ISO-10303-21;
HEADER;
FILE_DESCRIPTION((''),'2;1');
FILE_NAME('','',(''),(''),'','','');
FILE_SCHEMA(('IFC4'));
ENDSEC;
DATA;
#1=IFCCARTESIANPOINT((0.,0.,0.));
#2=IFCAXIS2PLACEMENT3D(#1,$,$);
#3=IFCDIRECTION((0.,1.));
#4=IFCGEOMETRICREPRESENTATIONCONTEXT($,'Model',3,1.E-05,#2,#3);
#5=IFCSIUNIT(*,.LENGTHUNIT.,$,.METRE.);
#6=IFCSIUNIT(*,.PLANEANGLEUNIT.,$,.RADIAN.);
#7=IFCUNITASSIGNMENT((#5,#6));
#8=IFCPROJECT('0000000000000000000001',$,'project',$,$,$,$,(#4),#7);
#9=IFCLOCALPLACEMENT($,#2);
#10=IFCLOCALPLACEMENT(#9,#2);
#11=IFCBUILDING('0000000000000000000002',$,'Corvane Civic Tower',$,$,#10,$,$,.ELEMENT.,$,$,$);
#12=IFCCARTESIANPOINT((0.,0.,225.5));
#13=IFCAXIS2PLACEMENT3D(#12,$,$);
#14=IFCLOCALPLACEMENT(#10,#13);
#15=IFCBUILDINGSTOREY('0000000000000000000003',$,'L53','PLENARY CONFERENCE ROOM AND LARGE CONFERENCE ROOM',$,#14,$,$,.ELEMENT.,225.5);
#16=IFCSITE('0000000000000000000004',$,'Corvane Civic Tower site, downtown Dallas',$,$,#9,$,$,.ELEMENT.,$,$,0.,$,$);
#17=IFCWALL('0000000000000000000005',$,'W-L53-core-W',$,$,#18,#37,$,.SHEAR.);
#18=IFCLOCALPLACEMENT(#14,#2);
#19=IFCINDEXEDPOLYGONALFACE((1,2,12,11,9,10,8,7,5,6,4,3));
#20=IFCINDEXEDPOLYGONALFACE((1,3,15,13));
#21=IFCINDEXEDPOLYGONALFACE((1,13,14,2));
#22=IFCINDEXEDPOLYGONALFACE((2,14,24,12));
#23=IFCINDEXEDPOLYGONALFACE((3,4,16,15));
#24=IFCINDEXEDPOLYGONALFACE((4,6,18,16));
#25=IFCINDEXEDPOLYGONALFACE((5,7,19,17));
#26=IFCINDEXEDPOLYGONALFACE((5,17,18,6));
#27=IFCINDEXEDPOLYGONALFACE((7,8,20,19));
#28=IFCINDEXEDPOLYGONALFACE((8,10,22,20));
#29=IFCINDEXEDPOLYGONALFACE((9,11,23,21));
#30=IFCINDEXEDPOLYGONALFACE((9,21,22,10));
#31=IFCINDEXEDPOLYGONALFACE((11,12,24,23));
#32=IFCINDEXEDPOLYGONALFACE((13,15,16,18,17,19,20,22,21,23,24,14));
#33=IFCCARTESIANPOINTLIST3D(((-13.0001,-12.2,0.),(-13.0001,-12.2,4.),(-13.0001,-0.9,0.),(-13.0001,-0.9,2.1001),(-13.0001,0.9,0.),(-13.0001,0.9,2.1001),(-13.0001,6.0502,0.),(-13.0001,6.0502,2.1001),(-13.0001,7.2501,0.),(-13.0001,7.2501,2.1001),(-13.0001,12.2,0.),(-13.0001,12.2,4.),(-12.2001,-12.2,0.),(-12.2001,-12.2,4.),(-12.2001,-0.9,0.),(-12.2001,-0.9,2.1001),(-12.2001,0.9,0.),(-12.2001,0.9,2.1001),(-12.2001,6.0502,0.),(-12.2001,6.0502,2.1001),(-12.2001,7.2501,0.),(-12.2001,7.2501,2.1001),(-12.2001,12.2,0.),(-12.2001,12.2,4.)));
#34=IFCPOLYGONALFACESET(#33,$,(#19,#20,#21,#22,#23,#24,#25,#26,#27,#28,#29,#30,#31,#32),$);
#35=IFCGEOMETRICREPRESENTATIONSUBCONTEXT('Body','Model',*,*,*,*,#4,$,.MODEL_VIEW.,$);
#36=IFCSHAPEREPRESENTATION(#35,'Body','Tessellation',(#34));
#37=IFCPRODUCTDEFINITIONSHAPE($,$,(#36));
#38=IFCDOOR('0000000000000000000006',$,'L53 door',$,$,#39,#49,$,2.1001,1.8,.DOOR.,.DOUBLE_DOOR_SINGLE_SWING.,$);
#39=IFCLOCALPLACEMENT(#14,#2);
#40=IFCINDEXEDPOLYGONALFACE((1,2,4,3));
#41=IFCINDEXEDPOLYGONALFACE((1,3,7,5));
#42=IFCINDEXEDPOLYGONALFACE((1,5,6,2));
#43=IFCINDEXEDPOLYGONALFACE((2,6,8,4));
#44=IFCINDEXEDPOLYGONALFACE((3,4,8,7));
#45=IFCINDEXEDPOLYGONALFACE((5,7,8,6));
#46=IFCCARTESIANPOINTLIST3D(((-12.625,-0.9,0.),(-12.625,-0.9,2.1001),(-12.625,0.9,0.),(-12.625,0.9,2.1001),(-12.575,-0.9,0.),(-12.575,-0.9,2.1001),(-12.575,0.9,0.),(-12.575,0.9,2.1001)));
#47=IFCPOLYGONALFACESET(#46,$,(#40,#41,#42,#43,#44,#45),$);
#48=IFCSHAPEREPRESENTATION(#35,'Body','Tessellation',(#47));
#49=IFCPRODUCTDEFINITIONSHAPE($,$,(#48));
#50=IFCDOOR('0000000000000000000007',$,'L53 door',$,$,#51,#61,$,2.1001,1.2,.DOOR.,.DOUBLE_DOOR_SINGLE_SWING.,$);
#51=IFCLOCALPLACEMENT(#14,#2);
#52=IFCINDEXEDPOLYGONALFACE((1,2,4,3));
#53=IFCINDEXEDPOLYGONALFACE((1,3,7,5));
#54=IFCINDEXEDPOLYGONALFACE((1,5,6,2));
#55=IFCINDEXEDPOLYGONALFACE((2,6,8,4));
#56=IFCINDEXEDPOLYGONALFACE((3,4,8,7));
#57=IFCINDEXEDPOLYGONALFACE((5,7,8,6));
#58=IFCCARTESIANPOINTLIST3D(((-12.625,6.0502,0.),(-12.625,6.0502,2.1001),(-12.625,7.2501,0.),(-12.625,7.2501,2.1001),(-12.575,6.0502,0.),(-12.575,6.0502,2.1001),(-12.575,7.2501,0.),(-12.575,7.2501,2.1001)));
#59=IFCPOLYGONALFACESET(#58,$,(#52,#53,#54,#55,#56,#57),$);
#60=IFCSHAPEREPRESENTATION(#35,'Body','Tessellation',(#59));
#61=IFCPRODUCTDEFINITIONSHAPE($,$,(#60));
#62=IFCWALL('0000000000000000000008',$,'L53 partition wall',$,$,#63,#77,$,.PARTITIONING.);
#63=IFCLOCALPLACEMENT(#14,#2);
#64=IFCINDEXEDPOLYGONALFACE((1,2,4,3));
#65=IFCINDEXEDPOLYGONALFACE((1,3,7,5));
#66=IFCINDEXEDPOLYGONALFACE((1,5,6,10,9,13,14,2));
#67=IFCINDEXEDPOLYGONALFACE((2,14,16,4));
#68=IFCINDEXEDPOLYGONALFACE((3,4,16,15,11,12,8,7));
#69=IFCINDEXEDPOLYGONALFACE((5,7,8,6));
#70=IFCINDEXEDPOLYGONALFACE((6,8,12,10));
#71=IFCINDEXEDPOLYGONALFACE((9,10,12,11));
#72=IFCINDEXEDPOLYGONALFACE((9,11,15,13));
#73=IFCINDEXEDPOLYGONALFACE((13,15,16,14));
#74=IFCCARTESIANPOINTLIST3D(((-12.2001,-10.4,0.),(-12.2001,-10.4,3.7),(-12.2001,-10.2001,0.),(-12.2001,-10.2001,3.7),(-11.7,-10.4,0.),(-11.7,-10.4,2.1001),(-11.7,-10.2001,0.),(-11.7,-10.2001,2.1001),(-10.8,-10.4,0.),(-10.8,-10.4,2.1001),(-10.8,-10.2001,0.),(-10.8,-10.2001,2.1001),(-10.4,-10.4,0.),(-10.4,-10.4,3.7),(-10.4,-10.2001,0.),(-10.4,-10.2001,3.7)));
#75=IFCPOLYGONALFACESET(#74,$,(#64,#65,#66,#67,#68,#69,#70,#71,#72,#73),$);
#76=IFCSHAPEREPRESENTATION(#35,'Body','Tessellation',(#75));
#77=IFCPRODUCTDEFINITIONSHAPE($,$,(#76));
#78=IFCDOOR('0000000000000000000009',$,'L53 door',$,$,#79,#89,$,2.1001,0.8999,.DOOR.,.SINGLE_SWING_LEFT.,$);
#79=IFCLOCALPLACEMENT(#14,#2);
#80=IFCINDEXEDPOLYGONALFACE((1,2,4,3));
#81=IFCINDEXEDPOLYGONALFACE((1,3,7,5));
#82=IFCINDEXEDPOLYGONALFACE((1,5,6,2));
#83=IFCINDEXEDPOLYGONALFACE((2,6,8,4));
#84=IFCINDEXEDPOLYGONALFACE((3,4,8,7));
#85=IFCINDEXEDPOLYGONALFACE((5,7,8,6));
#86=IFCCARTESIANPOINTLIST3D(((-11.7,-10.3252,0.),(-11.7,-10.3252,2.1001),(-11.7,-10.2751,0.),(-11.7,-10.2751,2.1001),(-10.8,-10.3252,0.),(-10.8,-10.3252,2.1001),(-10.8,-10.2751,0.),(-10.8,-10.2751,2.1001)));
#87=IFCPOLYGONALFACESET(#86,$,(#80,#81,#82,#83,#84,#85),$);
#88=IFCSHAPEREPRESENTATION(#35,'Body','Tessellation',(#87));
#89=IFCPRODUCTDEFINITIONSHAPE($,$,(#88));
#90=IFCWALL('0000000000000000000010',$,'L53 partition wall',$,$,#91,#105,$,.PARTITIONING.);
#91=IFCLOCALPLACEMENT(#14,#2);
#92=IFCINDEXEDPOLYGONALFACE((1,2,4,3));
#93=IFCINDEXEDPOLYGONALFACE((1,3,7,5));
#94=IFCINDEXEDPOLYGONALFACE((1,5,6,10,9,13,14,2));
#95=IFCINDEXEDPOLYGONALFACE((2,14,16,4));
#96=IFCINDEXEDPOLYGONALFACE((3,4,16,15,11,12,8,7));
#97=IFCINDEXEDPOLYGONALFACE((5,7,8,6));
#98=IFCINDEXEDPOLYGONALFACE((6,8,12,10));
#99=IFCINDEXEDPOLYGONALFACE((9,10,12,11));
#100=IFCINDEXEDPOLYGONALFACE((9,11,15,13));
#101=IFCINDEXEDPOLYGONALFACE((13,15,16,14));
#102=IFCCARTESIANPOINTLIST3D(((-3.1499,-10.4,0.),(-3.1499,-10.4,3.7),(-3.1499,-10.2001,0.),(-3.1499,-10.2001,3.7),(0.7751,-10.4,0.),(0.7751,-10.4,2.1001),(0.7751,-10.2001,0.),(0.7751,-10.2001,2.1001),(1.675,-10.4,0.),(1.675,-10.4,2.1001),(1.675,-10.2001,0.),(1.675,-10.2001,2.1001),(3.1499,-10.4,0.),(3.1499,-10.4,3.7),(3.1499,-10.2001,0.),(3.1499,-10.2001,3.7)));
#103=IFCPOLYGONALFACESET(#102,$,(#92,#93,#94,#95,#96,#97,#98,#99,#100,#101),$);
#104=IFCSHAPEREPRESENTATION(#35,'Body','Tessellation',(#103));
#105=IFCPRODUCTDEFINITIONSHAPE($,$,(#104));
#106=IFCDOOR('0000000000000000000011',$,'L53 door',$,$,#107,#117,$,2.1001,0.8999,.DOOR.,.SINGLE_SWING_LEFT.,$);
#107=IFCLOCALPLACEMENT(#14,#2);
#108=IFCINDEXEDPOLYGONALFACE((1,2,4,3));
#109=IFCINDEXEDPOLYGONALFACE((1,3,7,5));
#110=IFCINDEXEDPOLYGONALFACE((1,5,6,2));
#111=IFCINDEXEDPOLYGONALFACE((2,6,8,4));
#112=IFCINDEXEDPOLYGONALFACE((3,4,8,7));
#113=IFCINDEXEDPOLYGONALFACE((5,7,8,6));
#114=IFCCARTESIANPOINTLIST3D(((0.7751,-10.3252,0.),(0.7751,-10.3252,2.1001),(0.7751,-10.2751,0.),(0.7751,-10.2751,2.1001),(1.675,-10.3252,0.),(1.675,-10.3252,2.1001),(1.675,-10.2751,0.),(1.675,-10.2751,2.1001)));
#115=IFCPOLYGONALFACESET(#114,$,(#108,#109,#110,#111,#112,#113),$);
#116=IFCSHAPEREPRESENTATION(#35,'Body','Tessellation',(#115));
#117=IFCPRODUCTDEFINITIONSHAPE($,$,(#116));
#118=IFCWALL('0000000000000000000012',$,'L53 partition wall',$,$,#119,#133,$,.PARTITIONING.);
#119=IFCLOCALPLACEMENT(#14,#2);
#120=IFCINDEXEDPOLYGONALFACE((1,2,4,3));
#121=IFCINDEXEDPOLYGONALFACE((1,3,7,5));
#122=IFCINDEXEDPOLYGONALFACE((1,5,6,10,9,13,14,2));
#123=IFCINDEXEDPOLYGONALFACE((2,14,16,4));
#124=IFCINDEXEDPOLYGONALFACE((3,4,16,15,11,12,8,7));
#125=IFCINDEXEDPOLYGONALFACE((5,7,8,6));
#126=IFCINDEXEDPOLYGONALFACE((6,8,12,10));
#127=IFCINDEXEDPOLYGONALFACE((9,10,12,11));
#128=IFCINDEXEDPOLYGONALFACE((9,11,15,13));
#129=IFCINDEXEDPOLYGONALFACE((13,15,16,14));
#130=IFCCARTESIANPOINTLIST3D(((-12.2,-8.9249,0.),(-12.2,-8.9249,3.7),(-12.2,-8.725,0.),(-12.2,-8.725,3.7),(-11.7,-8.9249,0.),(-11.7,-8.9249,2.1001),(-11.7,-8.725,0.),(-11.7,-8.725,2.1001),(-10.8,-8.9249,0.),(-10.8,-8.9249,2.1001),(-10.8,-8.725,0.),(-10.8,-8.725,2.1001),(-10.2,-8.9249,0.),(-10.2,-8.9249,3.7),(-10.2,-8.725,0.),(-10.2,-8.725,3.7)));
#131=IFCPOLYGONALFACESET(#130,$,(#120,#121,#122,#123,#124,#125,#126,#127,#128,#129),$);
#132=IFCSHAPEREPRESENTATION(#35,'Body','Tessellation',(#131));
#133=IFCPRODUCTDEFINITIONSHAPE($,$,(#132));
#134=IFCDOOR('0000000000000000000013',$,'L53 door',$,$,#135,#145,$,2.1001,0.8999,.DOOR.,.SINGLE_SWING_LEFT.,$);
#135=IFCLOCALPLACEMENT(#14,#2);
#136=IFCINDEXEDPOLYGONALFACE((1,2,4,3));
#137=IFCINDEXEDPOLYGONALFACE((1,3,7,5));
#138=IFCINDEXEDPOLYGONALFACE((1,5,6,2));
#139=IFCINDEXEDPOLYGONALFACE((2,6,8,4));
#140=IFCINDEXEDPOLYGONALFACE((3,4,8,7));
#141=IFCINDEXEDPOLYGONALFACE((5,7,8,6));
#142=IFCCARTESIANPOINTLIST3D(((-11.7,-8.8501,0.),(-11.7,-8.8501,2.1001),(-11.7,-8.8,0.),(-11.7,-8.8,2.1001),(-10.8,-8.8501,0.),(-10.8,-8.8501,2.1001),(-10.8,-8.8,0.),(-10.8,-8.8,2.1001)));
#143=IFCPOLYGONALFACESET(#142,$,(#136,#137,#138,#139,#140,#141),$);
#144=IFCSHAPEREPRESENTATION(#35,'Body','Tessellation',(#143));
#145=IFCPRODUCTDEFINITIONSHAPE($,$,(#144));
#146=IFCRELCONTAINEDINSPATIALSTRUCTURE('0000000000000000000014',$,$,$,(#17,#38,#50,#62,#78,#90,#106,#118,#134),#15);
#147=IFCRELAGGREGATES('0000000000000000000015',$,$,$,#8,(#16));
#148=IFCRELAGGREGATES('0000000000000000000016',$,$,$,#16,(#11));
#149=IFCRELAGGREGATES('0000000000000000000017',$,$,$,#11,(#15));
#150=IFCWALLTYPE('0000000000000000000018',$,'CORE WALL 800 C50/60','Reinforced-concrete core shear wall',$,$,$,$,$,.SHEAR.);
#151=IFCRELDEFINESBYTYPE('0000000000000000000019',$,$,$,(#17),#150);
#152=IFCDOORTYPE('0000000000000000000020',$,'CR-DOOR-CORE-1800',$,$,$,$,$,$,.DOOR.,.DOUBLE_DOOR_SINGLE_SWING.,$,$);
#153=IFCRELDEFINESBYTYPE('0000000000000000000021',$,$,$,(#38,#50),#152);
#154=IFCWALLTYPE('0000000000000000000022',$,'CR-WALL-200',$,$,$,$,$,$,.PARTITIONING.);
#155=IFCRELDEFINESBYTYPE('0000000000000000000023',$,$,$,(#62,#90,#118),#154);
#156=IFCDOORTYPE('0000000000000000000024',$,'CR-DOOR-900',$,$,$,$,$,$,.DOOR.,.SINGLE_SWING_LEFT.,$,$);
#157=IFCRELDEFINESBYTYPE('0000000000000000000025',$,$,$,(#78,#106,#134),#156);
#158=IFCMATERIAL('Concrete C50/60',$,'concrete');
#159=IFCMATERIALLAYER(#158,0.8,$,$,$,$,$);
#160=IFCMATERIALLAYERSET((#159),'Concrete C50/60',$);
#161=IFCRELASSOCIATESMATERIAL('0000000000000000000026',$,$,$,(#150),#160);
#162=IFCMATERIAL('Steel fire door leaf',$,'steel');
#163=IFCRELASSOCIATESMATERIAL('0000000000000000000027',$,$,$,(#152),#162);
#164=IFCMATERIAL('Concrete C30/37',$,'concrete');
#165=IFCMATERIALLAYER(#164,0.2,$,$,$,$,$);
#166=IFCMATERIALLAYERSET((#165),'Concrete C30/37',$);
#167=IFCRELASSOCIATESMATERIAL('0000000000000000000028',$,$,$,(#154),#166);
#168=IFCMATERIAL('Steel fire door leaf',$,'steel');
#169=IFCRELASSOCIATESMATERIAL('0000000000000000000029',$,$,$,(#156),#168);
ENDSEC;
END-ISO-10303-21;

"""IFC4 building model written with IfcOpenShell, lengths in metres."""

from ifc_helpers import new_model, si_unit, direction, frame, frame_2d, origin, place, context, subcontext, project, spatial, rectangle, extrude, material, layer, layer_set, type_object, element, fill, save


model = new_model("IFC4")

# Units and contexts
model_context = context("Model", 3, precision=1e-05, world=origin(), true_north=direction((0.0, 1.0)))
body_context = subcontext(model_context, "Body", "Model", "MODEL_VIEW")
ifc_project = project(units=[si_unit("LENGTHUNIT", "METRE"), si_unit("PLANEANGLEUNIT", "RADIAN")], contexts=[model_context])

# Site, building, storey
site_placement = place(None, origin())
site = spatial("IfcSite", under=ifc_project, at=site_placement, Name="Corvane Civic Tower site, downtown Dallas", CompositionType="ELEMENT", RefElevation=0.0)
building_placement = place(site_placement, origin())
building = spatial("IfcBuilding", under=site, at=building_placement, Name="Corvane Civic Tower", CompositionType="ELEMENT")
storey_placement = place(building_placement, frame((0.0, 0.0, 225.5)))
storey = spatial("IfcBuildingStorey", under=building, at=storey_placement, Name="L53", Description="PLENARY CONFERENCE ROOM AND LARGE CONFERENCE ROOM", CompositionType="ELEMENT", Elevation=225.5)

# Wall, openings, doors
ifc_material_1 = material(Name="Concrete C50/60", Category="concrete")
ifc_layer_1 = layer(ifc_material_1, 0.8)
ifc_layer_set_1 = layer_set([ifc_layer_1], Name="Concrete C50/60")
wall_type_1 = type_object("IfcWallType", Name="CORE WALL 800 C50/60", Description="Reinforced-concrete core shear wall", PredefinedType="SHEAR", material=ifc_layer_set_1)
wall_1_placement = place(storey_placement, frame((-12.6001, -12.2, 0.0), z_axis=(0.0, 0.0, 1.0), x_axis=(0.0, 1.0, 0.0)))
wall_1 = element("IfcWall", 1, at=wall_1_placement, inside=storey, type_object=wall_type_1, Name="W-L53-core-W", PredefinedType="SHEAR", context=body_context, shape_type="SweptSolid", body=[
    extrude(rectangle(XDim=24.3999, YDim=0.8, at=frame_2d((12.2, 0.0))), origin(), (0.0, 0.0, 1.0), 4.0),
])
opening_1_placement = place(wall_1_placement, frame((11.3, 0.0, 0.0)))
opening_1 = element("IfcOpeningElement", 2, at=opening_1_placement, cuts=wall_1, PredefinedType="OPENING", context=body_context, shape_type="SweptSolid", body=[
    extrude(rectangle(XDim=1.8, YDim=2.1001, at=frame_2d((0.8999, 1.05))), frame((0.0, 0.4099, 0.0), z_axis=(0.0, -1.0, 0.0), x_axis=(1.0, 0.0, 0.0)), (0.0, 0.0, 1.0), 0.8201),
])
opening_2_placement = place(wall_1_placement, frame((18.25, 0.0, 0.0)))
opening_2 = element("IfcOpeningElement", 3, at=opening_2_placement, cuts=wall_1, PredefinedType="OPENING", context=body_context, shape_type="SweptSolid", body=[
    extrude(rectangle(XDim=1.2, YDim=2.1001, at=frame_2d((0.6001, 1.05))), frame((0.0, 0.4099, 0.0), z_axis=(0.0, -1.0, 0.0), x_axis=(1.0, 0.0, 0.0)), (0.0, 0.0, 1.0), 0.8201),
])
ifc_material_2 = material(Name="Steel fire door leaf", Category="steel")
door_type_1 = type_object("IfcDoorType", Name="CR-DOOR-CORE-1800", OperationType="DOUBLE_DOOR_SINGLE_SWING", PredefinedType="DOOR", material=ifc_material_2)
door_1_placement = place(opening_1_placement, origin())
door_1 = element("IfcDoor", 4, at=door_1_placement, inside=storey, type_object=door_type_1, Name="L53 door", OperationType="DOUBLE_DOOR_SINGLE_SWING", OverallHeight=2.1001, OverallWidth=1.8, PredefinedType="DOOR", context=body_context, shape_type="SweptSolid", body=[
    extrude(rectangle(XDim=1.8, YDim=2.1001, at=frame_2d((0.8999, 1.05))), frame((0.0, 0.0249, 0.0), z_axis=(0.0, -1.0, 0.0), x_axis=(1.0, 0.0, 0.0)), (0.0, 0.0, 1.0), 0.05),
])
fill(opening_1, door_1)
door_2_placement = place(opening_2_placement, origin())
door_2 = element("IfcDoor", 5, at=door_2_placement, inside=storey, type_object=door_type_1, Name="L53 door", OperationType="DOUBLE_DOOR_SINGLE_SWING", OverallHeight=2.1001, OverallWidth=1.2, PredefinedType="DOOR", context=body_context, shape_type="SweptSolid", body=[
    extrude(rectangle(XDim=1.2, YDim=2.1001, at=frame_2d((0.6001, 1.05))), frame((0.0, 0.0249, 0.0), z_axis=(0.0, -1.0, 0.0), x_axis=(1.0, 0.0, 0.0)), (0.0, 0.0, 1.0), 0.05),
])
fill(opening_2, door_2)

# Walls, openings, doors
ifc_material_3 = material(Name="Concrete C30/37", Category="concrete")
ifc_layer_2 = layer(ifc_material_3, 0.2)
ifc_layer_set_2 = layer_set([ifc_layer_2], Name="Concrete C30/37")
wall_type_2 = type_object("IfcWallType", Name="CR-WALL-200", PredefinedType="PARTITIONING", material=ifc_layer_set_2)
wall_2_placement = place(storey_placement, frame((-12.2, -10.3, 0.0), z_axis=(0.0, 0.0, 1.0), x_axis=(1.0, 0.0, 0.0)))
wall_2 = element("IfcWall", 6, at=wall_2_placement, inside=storey, type_object=wall_type_2, Name="L53 partition wall", PredefinedType="PARTITIONING", context=body_context, shape_type="SweptSolid", body=[
    extrude(rectangle(XDim=1.8, YDim=0.2, at=frame_2d((0.8999, 0.0))), origin(), (0.0, 0.0, 1.0), 3.7),
])
opening_3_placement = place(wall_2_placement, frame((0.5, 0.0, 0.0)))
opening_3 = element("IfcOpeningElement", 7, at=opening_3_placement, cuts=wall_2, PredefinedType="OPENING", context=body_context, shape_type="SweptSolid", body=[
    extrude(rectangle(XDim=0.8999, YDim=2.1001, at=frame_2d((0.45, 1.05))), frame((0.0, 0.1099, 0.0), z_axis=(0.0, -1.0, 0.0), x_axis=(1.0, 0.0, 0.0)), (0.0, 0.0, 1.0), 0.22),
])
ifc_material_4 = material(Name="Steel fire door leaf", Category="steel")
door_type_2 = type_object("IfcDoorType", Name="CR-DOOR-900", OperationType="SINGLE_SWING_LEFT", PredefinedType="DOOR", material=ifc_material_4)
door_3_placement = place(opening_3_placement, origin())
door_3 = element("IfcDoor", 8, at=door_3_placement, inside=storey, type_object=door_type_2, Name="L53 door", OperationType="SINGLE_SWING_LEFT", OverallHeight=2.1001, OverallWidth=0.8999, PredefinedType="DOOR", context=body_context, shape_type="SweptSolid", body=[
    extrude(rectangle(XDim=0.8999, YDim=2.1001, at=frame_2d((0.45, 1.05))), frame((0.0, 0.0249, 0.0), z_axis=(0.0, -1.0, 0.0), x_axis=(1.0, 0.0, 0.0)), (0.0, 0.0, 1.0), 0.05),
])
fill(opening_3, door_3)
wall_3_placement = place(storey_placement, frame((-3.1499, -10.3, 0.0), z_axis=(0.0, 0.0, 1.0), x_axis=(1.0, 0.0, 0.0)))
wall_3 = element("IfcWall", 9, at=wall_3_placement, inside=storey, type_object=wall_type_2, Name="L53 partition wall", PredefinedType="PARTITIONING", context=body_context, shape_type="SweptSolid", body=[
    extrude(rectangle(XDim=6.2998, YDim=0.2, at=frame_2d((3.1499, 0.0))), origin(), (0.0, 0.0, 1.0), 3.7),
])
opening_4_placement = place(wall_3_placement, frame((3.925, 0.0, 0.0)))
opening_4 = element("IfcOpeningElement", 10, at=opening_4_placement, cuts=wall_3, PredefinedType="OPENING", context=body_context, shape_type="SweptSolid", body=[
    extrude(rectangle(XDim=0.8999, YDim=2.1001, at=frame_2d((0.45, 1.05))), frame((0.0, 0.1099, 0.0), z_axis=(0.0, -1.0, 0.0), x_axis=(1.0, 0.0, 0.0)), (0.0, 0.0, 1.0), 0.22),
])
door_4_placement = place(opening_4_placement, origin())
door_4 = element("IfcDoor", 11, at=door_4_placement, inside=storey, type_object=door_type_2, Name="L53 door", OperationType="SINGLE_SWING_LEFT", OverallHeight=2.1001, OverallWidth=0.8999, PredefinedType="DOOR", context=body_context, shape_type="SweptSolid", body=[
    extrude(rectangle(XDim=0.8999, YDim=2.1001, at=frame_2d((0.45, 1.05))), frame((0.0, 0.0249, 0.0), z_axis=(0.0, -1.0, 0.0), x_axis=(1.0, 0.0, 0.0)), (0.0, 0.0, 1.0), 0.05),
])
fill(opening_4, door_4)
wall_4_placement = place(storey_placement, frame((-12.2, -8.825, 0.0), z_axis=(0.0, 0.0, 1.0), x_axis=(1.0, 0.0, 0.0)))
wall_4 = element("IfcWall", 12, at=wall_4_placement, inside=storey, type_object=wall_type_2, Name="L53 partition wall", PredefinedType="PARTITIONING", context=body_context, shape_type="SweptSolid", body=[
    extrude(rectangle(XDim=2.0, YDim=0.2, at=frame_2d((1.0, 0.0))), origin(), (0.0, 0.0, 1.0), 3.7),
])
opening_5_placement = place(wall_4_placement, frame((0.5, 0.0, 0.0)))
opening_5 = element("IfcOpeningElement", 13, at=opening_5_placement, cuts=wall_4, PredefinedType="OPENING", context=body_context, shape_type="SweptSolid", body=[
    extrude(rectangle(XDim=0.8999, YDim=2.1001, at=frame_2d((0.45, 1.05))), frame((0.0, 0.1099, 0.0), z_axis=(0.0, -1.0, 0.0), x_axis=(1.0, 0.0, 0.0)), (0.0, 0.0, 1.0), 0.22),
])
door_5_placement = place(opening_5_placement, origin())
door_5 = element("IfcDoor", 14, at=door_5_placement, inside=storey, type_object=door_type_2, Name="L53 door", OperationType="SINGLE_SWING_LEFT", OverallHeight=2.1001, OverallWidth=0.8999, PredefinedType="DOOR", context=body_context, shape_type="SweptSolid", body=[
    extrude(rectangle(XDim=0.8999, YDim=2.1001, at=frame_2d((0.45, 1.05))), frame((0.0, 0.0249, 0.0), z_axis=(0.0, -1.0, 0.0), x_axis=(1.0, 0.0, 0.0)), (0.0, 0.0, 1.0), 0.05),
])
fill(opening_5, door_5)

save(model, "model.ifc")
